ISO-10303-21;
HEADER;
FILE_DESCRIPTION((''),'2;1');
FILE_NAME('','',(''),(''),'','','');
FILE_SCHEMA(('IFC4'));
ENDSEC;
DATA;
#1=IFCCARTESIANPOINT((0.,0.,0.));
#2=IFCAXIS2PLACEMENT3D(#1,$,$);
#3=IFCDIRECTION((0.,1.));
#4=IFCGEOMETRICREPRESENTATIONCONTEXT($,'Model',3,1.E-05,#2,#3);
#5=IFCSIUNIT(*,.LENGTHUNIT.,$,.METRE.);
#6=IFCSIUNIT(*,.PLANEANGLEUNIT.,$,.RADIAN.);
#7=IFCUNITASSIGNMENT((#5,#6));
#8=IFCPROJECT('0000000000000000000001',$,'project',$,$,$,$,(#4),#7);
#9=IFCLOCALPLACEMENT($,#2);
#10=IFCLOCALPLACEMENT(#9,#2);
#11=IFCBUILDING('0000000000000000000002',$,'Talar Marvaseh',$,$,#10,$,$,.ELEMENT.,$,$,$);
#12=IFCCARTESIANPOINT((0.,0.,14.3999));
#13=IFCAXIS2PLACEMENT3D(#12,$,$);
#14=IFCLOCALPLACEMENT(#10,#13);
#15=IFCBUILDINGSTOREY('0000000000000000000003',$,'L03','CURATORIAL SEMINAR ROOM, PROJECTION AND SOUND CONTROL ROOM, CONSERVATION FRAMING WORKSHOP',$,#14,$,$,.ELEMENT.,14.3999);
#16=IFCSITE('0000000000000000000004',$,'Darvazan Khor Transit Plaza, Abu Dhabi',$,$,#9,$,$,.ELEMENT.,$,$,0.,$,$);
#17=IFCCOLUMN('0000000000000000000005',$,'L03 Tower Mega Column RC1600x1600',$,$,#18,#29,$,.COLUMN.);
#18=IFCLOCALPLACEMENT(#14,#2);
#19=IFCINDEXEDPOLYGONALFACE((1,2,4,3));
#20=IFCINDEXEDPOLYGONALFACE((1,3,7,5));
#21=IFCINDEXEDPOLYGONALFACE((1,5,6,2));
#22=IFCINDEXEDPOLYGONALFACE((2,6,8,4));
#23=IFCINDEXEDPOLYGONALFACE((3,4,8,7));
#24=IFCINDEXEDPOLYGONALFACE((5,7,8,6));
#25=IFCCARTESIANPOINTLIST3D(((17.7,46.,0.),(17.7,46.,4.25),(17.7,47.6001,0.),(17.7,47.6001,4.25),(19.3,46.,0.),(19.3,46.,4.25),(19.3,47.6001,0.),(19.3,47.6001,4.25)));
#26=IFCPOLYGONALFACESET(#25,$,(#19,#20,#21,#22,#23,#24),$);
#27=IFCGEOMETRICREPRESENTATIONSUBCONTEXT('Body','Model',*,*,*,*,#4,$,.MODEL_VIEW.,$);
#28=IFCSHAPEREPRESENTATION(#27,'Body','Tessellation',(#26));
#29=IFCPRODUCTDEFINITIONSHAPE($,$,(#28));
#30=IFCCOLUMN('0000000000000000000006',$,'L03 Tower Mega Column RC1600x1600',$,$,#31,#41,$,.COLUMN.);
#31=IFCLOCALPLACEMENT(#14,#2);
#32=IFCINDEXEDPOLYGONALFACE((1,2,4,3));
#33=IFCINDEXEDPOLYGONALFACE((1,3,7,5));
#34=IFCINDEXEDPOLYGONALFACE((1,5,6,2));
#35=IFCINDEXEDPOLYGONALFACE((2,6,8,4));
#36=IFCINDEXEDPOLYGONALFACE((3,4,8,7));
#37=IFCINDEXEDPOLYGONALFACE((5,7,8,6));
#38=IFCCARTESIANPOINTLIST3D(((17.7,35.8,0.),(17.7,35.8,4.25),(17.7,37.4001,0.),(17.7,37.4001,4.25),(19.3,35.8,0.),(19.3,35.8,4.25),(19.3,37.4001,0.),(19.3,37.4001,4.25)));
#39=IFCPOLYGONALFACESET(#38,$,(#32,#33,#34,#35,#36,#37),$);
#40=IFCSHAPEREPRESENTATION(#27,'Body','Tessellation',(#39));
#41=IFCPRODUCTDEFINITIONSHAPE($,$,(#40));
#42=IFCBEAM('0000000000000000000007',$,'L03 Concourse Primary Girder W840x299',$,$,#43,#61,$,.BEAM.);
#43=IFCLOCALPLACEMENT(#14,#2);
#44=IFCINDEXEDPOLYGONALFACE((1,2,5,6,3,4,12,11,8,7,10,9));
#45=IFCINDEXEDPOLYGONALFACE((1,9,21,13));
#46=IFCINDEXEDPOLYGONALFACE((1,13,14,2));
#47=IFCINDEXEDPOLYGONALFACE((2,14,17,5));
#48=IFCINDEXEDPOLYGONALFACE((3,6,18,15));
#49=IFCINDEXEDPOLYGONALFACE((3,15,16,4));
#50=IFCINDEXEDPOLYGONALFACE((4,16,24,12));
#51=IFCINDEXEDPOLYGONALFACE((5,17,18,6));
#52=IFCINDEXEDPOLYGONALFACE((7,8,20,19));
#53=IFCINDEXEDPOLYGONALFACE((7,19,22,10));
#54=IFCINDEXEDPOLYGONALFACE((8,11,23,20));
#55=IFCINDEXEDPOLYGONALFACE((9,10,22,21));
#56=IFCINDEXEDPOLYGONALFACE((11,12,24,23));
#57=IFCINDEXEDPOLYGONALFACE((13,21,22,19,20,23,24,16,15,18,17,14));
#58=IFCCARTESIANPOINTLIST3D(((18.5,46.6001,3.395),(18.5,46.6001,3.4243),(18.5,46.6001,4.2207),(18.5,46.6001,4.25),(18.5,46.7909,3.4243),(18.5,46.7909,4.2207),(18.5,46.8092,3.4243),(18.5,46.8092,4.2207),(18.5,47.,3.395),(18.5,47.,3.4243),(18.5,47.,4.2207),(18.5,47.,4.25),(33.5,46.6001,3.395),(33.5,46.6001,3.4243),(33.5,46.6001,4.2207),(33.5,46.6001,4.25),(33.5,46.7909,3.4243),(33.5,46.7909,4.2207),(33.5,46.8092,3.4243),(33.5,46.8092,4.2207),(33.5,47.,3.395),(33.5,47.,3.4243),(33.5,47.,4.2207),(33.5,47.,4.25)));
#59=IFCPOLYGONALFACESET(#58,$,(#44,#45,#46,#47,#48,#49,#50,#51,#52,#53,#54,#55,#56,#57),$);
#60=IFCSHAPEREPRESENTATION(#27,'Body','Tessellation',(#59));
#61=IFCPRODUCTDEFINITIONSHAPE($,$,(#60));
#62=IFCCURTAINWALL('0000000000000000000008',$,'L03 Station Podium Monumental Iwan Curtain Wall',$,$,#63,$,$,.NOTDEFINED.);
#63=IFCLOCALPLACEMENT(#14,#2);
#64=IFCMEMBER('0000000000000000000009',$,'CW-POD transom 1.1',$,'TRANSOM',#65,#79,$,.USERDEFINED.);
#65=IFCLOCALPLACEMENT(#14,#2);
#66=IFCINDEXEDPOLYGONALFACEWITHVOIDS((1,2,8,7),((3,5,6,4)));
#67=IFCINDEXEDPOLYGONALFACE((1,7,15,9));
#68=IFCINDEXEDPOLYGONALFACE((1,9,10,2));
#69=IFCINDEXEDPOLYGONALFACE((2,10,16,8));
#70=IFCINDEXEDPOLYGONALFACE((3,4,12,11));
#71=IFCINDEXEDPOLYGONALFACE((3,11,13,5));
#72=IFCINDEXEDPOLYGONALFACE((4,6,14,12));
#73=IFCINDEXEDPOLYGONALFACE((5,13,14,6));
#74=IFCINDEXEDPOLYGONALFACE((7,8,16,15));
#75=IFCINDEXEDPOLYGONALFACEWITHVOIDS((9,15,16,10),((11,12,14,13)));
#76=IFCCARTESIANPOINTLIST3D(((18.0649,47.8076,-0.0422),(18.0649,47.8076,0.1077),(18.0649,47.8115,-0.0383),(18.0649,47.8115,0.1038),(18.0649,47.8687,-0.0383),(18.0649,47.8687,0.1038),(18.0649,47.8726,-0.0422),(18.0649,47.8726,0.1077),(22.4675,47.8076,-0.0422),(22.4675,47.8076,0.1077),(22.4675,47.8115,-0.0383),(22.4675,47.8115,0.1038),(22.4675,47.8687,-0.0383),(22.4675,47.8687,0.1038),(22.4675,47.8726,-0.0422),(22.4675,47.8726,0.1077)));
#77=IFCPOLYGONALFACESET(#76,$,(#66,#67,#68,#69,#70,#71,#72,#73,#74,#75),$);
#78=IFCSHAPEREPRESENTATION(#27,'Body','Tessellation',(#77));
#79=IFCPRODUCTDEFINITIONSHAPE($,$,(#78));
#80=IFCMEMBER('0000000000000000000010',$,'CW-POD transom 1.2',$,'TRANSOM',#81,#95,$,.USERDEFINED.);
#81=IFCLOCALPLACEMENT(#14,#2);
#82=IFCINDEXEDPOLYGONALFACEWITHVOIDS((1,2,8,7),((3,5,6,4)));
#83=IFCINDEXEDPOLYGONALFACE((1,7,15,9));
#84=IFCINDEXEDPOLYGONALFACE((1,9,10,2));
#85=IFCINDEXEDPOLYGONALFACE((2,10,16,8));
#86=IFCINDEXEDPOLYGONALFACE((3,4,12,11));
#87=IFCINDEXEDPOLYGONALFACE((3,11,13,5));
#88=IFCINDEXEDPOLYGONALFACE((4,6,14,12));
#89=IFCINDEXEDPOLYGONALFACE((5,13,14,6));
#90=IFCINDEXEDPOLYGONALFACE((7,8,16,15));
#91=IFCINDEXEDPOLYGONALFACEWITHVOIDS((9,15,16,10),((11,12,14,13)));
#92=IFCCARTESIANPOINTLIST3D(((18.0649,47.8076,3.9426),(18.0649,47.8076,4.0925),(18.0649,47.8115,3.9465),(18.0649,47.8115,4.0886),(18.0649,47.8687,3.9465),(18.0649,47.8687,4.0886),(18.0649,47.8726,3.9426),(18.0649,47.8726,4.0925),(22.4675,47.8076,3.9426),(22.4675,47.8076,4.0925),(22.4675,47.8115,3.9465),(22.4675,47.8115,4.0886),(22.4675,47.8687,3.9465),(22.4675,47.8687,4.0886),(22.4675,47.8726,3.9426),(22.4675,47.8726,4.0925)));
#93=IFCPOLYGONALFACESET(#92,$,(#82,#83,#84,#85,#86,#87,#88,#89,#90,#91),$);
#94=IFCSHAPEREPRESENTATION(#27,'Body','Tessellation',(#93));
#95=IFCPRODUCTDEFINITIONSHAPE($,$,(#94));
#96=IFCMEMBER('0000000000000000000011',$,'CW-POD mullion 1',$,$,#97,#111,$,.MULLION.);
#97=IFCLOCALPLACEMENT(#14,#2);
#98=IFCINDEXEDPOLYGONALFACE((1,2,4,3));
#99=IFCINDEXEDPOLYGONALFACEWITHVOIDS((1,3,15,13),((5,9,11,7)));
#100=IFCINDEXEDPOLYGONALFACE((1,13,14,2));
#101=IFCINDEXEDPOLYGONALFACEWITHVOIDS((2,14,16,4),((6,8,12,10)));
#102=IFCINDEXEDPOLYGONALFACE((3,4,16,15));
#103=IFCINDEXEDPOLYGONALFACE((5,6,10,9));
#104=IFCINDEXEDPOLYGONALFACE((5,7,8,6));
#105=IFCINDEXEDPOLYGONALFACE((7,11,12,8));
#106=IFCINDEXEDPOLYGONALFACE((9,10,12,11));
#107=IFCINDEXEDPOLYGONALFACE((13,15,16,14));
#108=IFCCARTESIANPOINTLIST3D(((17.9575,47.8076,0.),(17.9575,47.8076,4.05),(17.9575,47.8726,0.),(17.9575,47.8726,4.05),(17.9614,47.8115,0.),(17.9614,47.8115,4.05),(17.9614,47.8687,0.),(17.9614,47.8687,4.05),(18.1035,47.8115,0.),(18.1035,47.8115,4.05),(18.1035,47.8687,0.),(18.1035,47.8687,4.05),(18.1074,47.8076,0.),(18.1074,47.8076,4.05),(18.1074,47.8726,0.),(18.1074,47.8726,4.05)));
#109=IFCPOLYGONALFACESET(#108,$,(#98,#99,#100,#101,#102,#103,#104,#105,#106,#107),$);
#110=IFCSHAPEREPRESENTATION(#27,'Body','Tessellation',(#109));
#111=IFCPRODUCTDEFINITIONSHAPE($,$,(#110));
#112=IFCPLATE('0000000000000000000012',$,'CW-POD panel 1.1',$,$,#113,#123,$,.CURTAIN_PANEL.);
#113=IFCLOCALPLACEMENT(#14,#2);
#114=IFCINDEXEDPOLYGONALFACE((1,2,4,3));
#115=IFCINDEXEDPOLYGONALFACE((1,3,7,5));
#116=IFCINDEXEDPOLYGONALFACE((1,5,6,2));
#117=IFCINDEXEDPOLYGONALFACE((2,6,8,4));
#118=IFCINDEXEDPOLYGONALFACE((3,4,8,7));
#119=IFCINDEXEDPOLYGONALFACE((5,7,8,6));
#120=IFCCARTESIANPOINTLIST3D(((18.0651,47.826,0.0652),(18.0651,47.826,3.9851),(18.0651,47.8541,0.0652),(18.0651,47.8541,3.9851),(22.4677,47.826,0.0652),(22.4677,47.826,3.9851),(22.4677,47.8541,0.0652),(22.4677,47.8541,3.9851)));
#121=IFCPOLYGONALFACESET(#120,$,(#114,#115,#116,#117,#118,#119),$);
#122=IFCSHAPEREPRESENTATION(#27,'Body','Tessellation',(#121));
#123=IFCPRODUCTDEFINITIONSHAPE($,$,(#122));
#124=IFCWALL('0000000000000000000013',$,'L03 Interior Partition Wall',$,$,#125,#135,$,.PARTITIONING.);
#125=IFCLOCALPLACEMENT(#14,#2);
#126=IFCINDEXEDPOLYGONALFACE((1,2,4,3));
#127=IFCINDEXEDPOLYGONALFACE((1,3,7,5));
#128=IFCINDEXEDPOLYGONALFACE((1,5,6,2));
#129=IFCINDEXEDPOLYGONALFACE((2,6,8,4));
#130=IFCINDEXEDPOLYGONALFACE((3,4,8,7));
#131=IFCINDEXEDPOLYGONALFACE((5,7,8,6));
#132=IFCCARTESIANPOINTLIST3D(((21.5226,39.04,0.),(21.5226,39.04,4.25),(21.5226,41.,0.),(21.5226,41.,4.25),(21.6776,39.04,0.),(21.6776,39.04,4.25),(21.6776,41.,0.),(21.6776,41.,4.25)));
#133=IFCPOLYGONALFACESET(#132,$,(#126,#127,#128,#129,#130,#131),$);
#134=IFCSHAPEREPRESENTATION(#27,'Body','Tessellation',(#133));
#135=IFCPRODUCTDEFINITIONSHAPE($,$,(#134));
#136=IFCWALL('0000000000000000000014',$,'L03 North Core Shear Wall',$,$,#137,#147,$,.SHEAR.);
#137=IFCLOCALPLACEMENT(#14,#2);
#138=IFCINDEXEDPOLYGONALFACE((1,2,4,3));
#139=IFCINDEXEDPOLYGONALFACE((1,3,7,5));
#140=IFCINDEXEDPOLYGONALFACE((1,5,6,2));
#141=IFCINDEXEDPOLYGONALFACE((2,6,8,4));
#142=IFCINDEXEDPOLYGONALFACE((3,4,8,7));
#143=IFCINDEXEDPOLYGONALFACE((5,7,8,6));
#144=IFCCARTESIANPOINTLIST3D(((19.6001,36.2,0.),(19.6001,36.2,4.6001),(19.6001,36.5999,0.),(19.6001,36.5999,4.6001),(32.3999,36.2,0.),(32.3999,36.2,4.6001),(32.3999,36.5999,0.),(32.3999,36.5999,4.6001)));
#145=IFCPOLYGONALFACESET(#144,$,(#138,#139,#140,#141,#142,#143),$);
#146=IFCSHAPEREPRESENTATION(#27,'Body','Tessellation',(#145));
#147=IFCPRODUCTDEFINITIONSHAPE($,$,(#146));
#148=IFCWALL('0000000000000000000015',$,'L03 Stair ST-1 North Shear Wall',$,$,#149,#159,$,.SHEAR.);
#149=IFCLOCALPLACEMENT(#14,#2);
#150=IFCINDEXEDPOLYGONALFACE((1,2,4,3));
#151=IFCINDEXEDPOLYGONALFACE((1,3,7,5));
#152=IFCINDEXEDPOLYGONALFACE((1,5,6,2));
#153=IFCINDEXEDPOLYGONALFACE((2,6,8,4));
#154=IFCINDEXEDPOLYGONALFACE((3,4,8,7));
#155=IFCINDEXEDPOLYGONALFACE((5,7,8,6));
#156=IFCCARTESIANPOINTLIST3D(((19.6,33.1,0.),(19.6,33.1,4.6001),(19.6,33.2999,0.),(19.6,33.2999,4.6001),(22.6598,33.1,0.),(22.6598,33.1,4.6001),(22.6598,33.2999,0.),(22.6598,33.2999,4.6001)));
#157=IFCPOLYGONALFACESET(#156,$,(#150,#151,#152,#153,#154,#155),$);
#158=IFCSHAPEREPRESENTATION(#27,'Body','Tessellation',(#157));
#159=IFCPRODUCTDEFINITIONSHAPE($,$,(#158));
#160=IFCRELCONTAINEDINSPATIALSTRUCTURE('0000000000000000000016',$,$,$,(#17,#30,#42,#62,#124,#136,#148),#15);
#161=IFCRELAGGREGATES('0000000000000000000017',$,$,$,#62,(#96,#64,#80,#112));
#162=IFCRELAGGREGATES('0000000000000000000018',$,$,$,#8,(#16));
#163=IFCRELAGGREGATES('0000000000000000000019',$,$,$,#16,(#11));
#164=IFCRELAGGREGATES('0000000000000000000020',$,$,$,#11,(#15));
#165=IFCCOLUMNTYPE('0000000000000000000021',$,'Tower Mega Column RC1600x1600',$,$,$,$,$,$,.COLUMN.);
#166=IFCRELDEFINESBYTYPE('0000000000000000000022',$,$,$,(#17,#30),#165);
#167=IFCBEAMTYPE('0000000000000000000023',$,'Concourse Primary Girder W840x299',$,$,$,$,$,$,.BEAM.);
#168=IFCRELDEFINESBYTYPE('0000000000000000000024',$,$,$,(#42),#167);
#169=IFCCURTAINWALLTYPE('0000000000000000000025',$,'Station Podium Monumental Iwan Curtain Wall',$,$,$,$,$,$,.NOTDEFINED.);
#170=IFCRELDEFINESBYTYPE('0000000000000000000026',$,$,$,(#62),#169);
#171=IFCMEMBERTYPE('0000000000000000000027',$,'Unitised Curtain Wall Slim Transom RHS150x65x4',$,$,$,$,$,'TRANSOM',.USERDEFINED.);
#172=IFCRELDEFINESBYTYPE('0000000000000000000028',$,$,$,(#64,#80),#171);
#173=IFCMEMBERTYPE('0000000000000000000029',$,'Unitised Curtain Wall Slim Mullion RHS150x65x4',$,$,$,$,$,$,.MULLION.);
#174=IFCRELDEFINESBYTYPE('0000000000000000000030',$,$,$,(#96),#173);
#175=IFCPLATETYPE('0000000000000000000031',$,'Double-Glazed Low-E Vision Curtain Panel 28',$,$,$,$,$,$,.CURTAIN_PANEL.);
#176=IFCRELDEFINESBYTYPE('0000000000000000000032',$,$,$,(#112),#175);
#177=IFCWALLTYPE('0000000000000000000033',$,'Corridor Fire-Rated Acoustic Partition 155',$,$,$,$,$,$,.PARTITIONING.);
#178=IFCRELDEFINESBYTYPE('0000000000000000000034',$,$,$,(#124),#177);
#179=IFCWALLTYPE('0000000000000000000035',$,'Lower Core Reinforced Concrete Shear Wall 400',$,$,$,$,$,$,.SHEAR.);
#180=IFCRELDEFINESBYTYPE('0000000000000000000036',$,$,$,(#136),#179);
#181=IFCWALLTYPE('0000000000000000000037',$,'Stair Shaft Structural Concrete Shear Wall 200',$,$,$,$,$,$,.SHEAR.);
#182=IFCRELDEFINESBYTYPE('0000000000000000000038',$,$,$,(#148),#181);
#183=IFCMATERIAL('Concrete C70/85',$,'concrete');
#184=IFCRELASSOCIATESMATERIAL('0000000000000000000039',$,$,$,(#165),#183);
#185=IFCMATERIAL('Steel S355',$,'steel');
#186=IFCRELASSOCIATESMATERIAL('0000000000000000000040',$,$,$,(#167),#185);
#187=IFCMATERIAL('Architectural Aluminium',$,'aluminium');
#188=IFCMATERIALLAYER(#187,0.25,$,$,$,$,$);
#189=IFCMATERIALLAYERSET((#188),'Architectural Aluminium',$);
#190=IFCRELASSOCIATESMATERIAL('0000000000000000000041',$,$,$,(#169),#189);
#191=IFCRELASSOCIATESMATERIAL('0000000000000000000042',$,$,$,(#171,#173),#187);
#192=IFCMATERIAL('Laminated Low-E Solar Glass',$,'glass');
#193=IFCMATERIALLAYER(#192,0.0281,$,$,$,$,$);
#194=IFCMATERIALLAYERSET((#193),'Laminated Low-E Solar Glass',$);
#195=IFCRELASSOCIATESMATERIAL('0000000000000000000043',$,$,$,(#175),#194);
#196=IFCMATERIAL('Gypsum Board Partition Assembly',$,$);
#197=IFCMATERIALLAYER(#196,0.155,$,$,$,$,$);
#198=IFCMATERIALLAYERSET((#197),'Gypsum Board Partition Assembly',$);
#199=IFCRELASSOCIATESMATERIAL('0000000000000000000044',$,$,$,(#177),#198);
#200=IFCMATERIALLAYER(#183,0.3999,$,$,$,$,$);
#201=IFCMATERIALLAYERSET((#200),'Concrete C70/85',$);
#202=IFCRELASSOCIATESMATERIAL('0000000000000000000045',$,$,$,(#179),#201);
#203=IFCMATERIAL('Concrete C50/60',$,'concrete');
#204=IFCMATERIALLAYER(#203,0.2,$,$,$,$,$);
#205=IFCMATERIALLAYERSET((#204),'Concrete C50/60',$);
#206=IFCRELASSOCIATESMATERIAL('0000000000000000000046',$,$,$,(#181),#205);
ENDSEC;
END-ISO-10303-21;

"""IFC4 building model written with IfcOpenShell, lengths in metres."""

from ifc_helpers import new_model, si_unit, direction, frame, frame_2d, origin, origin_2d, place, context, subcontext, project, spatial, rectangle, hollow_rectangle, i_section, extrude, source, transform, mapped, material, layer, layer_set, material_profile, profile_set, type_object, type_shapes, element, aggregate, save


model = new_model("IFC4")

# Units and contexts
model_context = context("Model", 3, precision=1e-05, world=origin(), true_north=direction((0.0, 1.0)))
body_context = subcontext(model_context, "Body", "Model", "MODEL_VIEW")
ifc_project = project(units=[si_unit("LENGTHUNIT", "METRE"), si_unit("PLANEANGLEUNIT", "RADIAN")], contexts=[model_context])

# Site, building, storey
site_placement = place(None, origin())
site = spatial("IfcSite", under=ifc_project, at=site_placement, Name="Darvazan Khor Transit Plaza, Abu Dhabi", CompositionType="ELEMENT", RefElevation=0.0)
building_placement = place(site_placement, origin())
building = spatial("IfcBuilding", under=site, at=building_placement, Name="Talar Marvaseh", CompositionType="ELEMENT")
storey_placement = place(building_placement, frame((0.0, 0.0, 14.3999)))
storey = spatial("IfcBuildingStorey", under=building, at=storey_placement, Name="L03", Description="CURATORIAL SEMINAR ROOM, PROJECTION AND SOUND CONTROL ROOM, CONSERVATION FRAMING WORKSHOP", CompositionType="ELEMENT", Elevation=14.3999)

# Columns
ifc_material_1 = material(Name="Concrete C70/85", Category="concrete")
ifc_material_profile_1 = material_profile(ifc_material_1, rectangle(XDim=1.6001, YDim=1.6001, at=origin_2d()), Name="RC1600x1600")
ifc_profile_set_1 = profile_set([ifc_material_profile_1], Name="Concrete C70/85")
column_type = type_object("IfcColumnType", Name="Tower Mega Column RC1600x1600", PredefinedType="COLUMN", material=ifc_profile_set_1)
for number, where, z_axis, x_axis, name in (
    (1, (18.5, 46.8, 0.0), (0.0, 0.0, 1.0), (1.0, 0.0, 0.0), "L03 Tower Mega Column RC1600x1600"),
    (2, (18.5, 36.6001, 0.0), (0.0, 0.0, 1.0), (1.0, 0.0, 0.0), "L03 Tower Mega Column RC1600x1600"),
):
    element("IfcColumn", number, at=place(storey_placement, frame(where, z_axis=z_axis, x_axis=x_axis)), inside=storey, type_object=column_type, Name=name, PredefinedType="COLUMN", context=body_context, shape_type="SweptSolid", body=[
        extrude(rectangle(XDim=1.6001, YDim=1.6001, at=origin_2d()), origin(), (0.0, 0.0, 1.0), 4.25),
    ])

# Beam
ifc_material_2 = material(Name="Steel S355", Category="steel")
ifc_material_profile_2 = material_profile(ifc_material_2, i_section(OverallWidth=0.3999, OverallDepth=0.855, WebThickness=0.0183, FlangeThickness=0.0293, at=origin_2d()), Name="W840x299")
ifc_profile_set_2 = profile_set([ifc_material_profile_2], Name="Steel S355")
beam_type = type_object("IfcBeamType", Name="Concourse Primary Girder W840x299", PredefinedType="BEAM", material=ifc_profile_set_2)
beam_placement = place(storey_placement, frame((18.5, 46.8, 3.8225), z_axis=(1.0, 0.0, 0.0), x_axis=(0.0, 1.0, 0.0)))
element("IfcBeam", 3, at=beam_placement, inside=storey, type_object=beam_type, Name="L03 Concourse Primary Girder W840x299", PredefinedType="BEAM", context=body_context, shape_type="SweptSolid", body=[
    extrude(i_section(OverallWidth=0.3999, OverallDepth=0.855, WebThickness=0.0183, FlangeThickness=0.0293, at=origin_2d()), origin(), (0.0, 0.0, 1.0), 15.0),
])

# Curtain wall, members, plate
ifc_material_3 = material(Name="Architectural Aluminium", Category="aluminium")
ifc_layer_1 = layer(ifc_material_3, 0.25)
ifc_layer_set_1 = layer_set([ifc_layer_1], Name="Architectural Aluminium")
curtain_wall_type = type_object("IfcCurtainWallType", Name="Station Podium Monumental Iwan Curtain Wall", PredefinedType="NOTDEFINED", material=ifc_layer_set_1)
curtain_wall_placement = place(storey_placement, origin())
curtain_wall = element("IfcCurtainWall", 4, at=curtain_wall_placement, inside=storey, type_object=curtain_wall_type, Name="L03 Station Podium Monumental Iwan Curtain Wall", PredefinedType="NOTDEFINED")
ifc_material_profile_3 = material_profile(ifc_material_3, hollow_rectangle(XDim=0.0649, YDim=0.1499, WallThickness=0.0039, at=origin_2d()), Name="RHS150x65x4")
ifc_profile_set_3 = profile_set([ifc_material_profile_3], Name="Architectural Aluminium")
member_type_1 = type_object("IfcMemberType", Name="Unitised Curtain Wall Slim Transom RHS150x65x4", ElementType="TRANSOM", PredefinedType="USERDEFINED", material=ifc_profile_set_3)
shared_shape_1 = source(origin(), body_context, "Body", "SweptSolid", [
    extrude(hollow_rectangle(XDim=0.0649, YDim=0.1499, WallThickness=0.0039, at=origin_2d()), origin(), (0.0, 0.0, 1.0), 4.4026),
])
type_shapes(member_type_1, [shared_shape_1])
member_1_placement = place(storey_placement, frame((18.0649, 47.8401, 0.0327), z_axis=(1.0, 0.0, 0.0), x_axis=(0.0, 1.0, 0.0)))
member_1 = element("IfcMember", 5, at=member_1_placement, type_object=member_type_1, Name="CW-POD transom 1.1", ObjectType="TRANSOM", PredefinedType="USERDEFINED", context=body_context, shape_type="MappedRepresentation", body=[
    mapped(shared_shape_1, transform((0.0, 0.0, 0.0), x_axis=(1.0, 0.0, 0.0), y_axis=(0.0, 1.0, 0.0), z_axis=(0.0, 0.0, 1.0), scale=1.0)),
])
member_2_placement = place(storey_placement, frame((18.0649, 47.8401, 4.0176), z_axis=(1.0, 0.0, 0.0), x_axis=(0.0, 1.0, 0.0)))
member_2 = element("IfcMember", 6, at=member_2_placement, type_object=member_type_1, Name="CW-POD transom 1.2", ObjectType="TRANSOM", PredefinedType="USERDEFINED", context=body_context, shape_type="MappedRepresentation", body=[
    mapped(shared_shape_1, transform((0.0, 0.0, 0.0), x_axis=(1.0, 0.0, 0.0), y_axis=(0.0, 1.0, 0.0), z_axis=(0.0, 0.0, 1.0), scale=1.0)),
])
ifc_material_profile_4 = material_profile(ifc_material_3, hollow_rectangle(XDim=0.0649, YDim=0.1499, WallThickness=0.0039, at=origin_2d()), Name="RHS150x65x4")
ifc_profile_set_4 = profile_set([ifc_material_profile_4], Name="Architectural Aluminium")
member_type_2 = type_object("IfcMemberType", Name="Unitised Curtain Wall Slim Mullion RHS150x65x4", PredefinedType="MULLION", material=ifc_profile_set_4)
shared_shape_2 = source(origin(), body_context, "Body", "SweptSolid", [
    extrude(hollow_rectangle(XDim=0.0649, YDim=0.1499, WallThickness=0.0039, at=origin_2d()), origin(), (0.0, 0.0, 1.0), 4.05),
])
type_shapes(member_type_2, [shared_shape_2])
member_3_placement = place(storey_placement, frame((18.0325, 47.8401, 0.0), z_axis=(0.0, 0.0, 1.0), x_axis=(0.0, 1.0, 0.0)))
member_3 = element("IfcMember", 7, at=member_3_placement, type_object=member_type_2, Name="CW-POD mullion 1", PredefinedType="MULLION", context=body_context, shape_type="MappedRepresentation", body=[
    mapped(shared_shape_2, transform((0.0, 0.0, 0.0), x_axis=(1.0, 0.0, 0.0), y_axis=(0.0, 1.0, 0.0), z_axis=(0.0, 0.0, 1.0), scale=1.0)),
])
ifc_material_4 = material(Name="Laminated Low-E Solar Glass", Category="glass")
ifc_layer_2 = layer(ifc_material_4, 0.0281)
ifc_layer_set_2 = layer_set([ifc_layer_2], Name="Laminated Low-E Solar Glass")
plate_type = type_object("IfcPlateType", Name="Double-Glazed Low-E Vision Curtain Panel 28", PredefinedType="CURTAIN_PANEL", material=ifc_layer_set_2)
shared_shape_3 = source(origin(), body_context, "Body", "SweptSolid", [
    extrude(rectangle(XDim=4.4026, YDim=0.0281, at=origin_2d()), origin(), (0.0, 0.0, 1.0), 3.9199),
])
type_shapes(plate_type, [shared_shape_3])
plate_placement = place(storey_placement, frame((20.2664, 47.8401, 0.0652), z_axis=(0.0, 0.0, 1.0), x_axis=(1.0, 0.0, 0.0)))
plate = element("IfcPlate", 8, at=plate_placement, type_object=plate_type, Name="CW-POD panel 1.1", PredefinedType="CURTAIN_PANEL", context=body_context, shape_type="MappedRepresentation", body=[
    mapped(shared_shape_3, transform((0.0, 0.0, 0.0), x_axis=(1.0, 0.0, 0.0), y_axis=(0.0, 1.0, 0.0), z_axis=(0.0, 0.0, 1.0), scale=1.0)),
])
aggregate(curtain_wall, [member_3, member_1, member_2, plate])

# Walls
ifc_material_5 = material(Name="Gypsum Board Partition Assembly")
ifc_layer_3 = layer(ifc_material_5, 0.155)
ifc_layer_set_3 = layer_set([ifc_layer_3], Name="Gypsum Board Partition Assembly")
wall_type_1 = type_object("IfcWallType", Name="Corridor Fire-Rated Acoustic Partition 155", PredefinedType="PARTITIONING", material=ifc_layer_set_3)
wall_1_placement = place(storey_placement, frame((21.6001, 39.04, 0.0), z_axis=(0.0, 0.0, 1.0), x_axis=(0.0, 1.0, 0.0)))
element("IfcWall", 9, at=wall_1_placement, inside=storey, type_object=wall_type_1, Name="L03 Interior Partition Wall", PredefinedType="PARTITIONING", context=body_context, shape_type="SweptSolid", body=[
    extrude(rectangle(XDim=1.96, YDim=0.155, at=frame_2d((0.98, 0.0))), origin(), (0.0, 0.0, 1.0), 4.25),
])
ifc_layer_4 = layer(ifc_material_1, 0.3999)
ifc_layer_set_4 = layer_set([ifc_layer_4], Name="Concrete C70/85")
wall_type_2 = type_object("IfcWallType", Name="Lower Core Reinforced Concrete Shear Wall 400", PredefinedType="SHEAR", material=ifc_layer_set_4)
wall_2_placement = place(storey_placement, frame((19.6001, 36.3999, 0.0), z_axis=(0.0, 0.0, 1.0), x_axis=(1.0, 0.0, 0.0)))
element("IfcWall", 10, at=wall_2_placement, inside=storey, type_object=wall_type_2, Name="L03 North Core Shear Wall", PredefinedType="SHEAR", context=body_context, shape_type="SweptSolid", body=[
    extrude(rectangle(XDim=12.7998, YDim=0.3999, at=frame_2d((6.3999, 0.0))), origin(), (0.0, 0.0, 1.0), 4.6001),
])
ifc_material_6 = material(Name="Concrete C50/60", Category="concrete")
ifc_layer_5 = layer(ifc_material_6, 0.2)
ifc_layer_set_5 = layer_set([ifc_layer_5], Name="Concrete C50/60")
wall_type_3 = type_object("IfcWallType", Name="Stair Shaft Structural Concrete Shear Wall 200", PredefinedType="SHEAR", material=ifc_layer_set_5)
wall_3_placement = place(storey_placement, frame((19.6001, 33.2, 0.0), z_axis=(0.0, 0.0, 1.0), x_axis=(1.0, 0.0, 0.0)))
element("IfcWall", 11, at=wall_3_placement, inside=storey, type_object=wall_type_3, Name="L03 Stair ST-1 North Shear Wall", PredefinedType="SHEAR", context=body_context, shape_type="SweptSolid", body=[
    extrude(rectangle(XDim=3.0598, YDim=0.2, at=frame_2d((1.5298, 0.0))), origin(), (0.0, 0.0, 1.0), 4.6001),
])

save(model, "model.ifc")
